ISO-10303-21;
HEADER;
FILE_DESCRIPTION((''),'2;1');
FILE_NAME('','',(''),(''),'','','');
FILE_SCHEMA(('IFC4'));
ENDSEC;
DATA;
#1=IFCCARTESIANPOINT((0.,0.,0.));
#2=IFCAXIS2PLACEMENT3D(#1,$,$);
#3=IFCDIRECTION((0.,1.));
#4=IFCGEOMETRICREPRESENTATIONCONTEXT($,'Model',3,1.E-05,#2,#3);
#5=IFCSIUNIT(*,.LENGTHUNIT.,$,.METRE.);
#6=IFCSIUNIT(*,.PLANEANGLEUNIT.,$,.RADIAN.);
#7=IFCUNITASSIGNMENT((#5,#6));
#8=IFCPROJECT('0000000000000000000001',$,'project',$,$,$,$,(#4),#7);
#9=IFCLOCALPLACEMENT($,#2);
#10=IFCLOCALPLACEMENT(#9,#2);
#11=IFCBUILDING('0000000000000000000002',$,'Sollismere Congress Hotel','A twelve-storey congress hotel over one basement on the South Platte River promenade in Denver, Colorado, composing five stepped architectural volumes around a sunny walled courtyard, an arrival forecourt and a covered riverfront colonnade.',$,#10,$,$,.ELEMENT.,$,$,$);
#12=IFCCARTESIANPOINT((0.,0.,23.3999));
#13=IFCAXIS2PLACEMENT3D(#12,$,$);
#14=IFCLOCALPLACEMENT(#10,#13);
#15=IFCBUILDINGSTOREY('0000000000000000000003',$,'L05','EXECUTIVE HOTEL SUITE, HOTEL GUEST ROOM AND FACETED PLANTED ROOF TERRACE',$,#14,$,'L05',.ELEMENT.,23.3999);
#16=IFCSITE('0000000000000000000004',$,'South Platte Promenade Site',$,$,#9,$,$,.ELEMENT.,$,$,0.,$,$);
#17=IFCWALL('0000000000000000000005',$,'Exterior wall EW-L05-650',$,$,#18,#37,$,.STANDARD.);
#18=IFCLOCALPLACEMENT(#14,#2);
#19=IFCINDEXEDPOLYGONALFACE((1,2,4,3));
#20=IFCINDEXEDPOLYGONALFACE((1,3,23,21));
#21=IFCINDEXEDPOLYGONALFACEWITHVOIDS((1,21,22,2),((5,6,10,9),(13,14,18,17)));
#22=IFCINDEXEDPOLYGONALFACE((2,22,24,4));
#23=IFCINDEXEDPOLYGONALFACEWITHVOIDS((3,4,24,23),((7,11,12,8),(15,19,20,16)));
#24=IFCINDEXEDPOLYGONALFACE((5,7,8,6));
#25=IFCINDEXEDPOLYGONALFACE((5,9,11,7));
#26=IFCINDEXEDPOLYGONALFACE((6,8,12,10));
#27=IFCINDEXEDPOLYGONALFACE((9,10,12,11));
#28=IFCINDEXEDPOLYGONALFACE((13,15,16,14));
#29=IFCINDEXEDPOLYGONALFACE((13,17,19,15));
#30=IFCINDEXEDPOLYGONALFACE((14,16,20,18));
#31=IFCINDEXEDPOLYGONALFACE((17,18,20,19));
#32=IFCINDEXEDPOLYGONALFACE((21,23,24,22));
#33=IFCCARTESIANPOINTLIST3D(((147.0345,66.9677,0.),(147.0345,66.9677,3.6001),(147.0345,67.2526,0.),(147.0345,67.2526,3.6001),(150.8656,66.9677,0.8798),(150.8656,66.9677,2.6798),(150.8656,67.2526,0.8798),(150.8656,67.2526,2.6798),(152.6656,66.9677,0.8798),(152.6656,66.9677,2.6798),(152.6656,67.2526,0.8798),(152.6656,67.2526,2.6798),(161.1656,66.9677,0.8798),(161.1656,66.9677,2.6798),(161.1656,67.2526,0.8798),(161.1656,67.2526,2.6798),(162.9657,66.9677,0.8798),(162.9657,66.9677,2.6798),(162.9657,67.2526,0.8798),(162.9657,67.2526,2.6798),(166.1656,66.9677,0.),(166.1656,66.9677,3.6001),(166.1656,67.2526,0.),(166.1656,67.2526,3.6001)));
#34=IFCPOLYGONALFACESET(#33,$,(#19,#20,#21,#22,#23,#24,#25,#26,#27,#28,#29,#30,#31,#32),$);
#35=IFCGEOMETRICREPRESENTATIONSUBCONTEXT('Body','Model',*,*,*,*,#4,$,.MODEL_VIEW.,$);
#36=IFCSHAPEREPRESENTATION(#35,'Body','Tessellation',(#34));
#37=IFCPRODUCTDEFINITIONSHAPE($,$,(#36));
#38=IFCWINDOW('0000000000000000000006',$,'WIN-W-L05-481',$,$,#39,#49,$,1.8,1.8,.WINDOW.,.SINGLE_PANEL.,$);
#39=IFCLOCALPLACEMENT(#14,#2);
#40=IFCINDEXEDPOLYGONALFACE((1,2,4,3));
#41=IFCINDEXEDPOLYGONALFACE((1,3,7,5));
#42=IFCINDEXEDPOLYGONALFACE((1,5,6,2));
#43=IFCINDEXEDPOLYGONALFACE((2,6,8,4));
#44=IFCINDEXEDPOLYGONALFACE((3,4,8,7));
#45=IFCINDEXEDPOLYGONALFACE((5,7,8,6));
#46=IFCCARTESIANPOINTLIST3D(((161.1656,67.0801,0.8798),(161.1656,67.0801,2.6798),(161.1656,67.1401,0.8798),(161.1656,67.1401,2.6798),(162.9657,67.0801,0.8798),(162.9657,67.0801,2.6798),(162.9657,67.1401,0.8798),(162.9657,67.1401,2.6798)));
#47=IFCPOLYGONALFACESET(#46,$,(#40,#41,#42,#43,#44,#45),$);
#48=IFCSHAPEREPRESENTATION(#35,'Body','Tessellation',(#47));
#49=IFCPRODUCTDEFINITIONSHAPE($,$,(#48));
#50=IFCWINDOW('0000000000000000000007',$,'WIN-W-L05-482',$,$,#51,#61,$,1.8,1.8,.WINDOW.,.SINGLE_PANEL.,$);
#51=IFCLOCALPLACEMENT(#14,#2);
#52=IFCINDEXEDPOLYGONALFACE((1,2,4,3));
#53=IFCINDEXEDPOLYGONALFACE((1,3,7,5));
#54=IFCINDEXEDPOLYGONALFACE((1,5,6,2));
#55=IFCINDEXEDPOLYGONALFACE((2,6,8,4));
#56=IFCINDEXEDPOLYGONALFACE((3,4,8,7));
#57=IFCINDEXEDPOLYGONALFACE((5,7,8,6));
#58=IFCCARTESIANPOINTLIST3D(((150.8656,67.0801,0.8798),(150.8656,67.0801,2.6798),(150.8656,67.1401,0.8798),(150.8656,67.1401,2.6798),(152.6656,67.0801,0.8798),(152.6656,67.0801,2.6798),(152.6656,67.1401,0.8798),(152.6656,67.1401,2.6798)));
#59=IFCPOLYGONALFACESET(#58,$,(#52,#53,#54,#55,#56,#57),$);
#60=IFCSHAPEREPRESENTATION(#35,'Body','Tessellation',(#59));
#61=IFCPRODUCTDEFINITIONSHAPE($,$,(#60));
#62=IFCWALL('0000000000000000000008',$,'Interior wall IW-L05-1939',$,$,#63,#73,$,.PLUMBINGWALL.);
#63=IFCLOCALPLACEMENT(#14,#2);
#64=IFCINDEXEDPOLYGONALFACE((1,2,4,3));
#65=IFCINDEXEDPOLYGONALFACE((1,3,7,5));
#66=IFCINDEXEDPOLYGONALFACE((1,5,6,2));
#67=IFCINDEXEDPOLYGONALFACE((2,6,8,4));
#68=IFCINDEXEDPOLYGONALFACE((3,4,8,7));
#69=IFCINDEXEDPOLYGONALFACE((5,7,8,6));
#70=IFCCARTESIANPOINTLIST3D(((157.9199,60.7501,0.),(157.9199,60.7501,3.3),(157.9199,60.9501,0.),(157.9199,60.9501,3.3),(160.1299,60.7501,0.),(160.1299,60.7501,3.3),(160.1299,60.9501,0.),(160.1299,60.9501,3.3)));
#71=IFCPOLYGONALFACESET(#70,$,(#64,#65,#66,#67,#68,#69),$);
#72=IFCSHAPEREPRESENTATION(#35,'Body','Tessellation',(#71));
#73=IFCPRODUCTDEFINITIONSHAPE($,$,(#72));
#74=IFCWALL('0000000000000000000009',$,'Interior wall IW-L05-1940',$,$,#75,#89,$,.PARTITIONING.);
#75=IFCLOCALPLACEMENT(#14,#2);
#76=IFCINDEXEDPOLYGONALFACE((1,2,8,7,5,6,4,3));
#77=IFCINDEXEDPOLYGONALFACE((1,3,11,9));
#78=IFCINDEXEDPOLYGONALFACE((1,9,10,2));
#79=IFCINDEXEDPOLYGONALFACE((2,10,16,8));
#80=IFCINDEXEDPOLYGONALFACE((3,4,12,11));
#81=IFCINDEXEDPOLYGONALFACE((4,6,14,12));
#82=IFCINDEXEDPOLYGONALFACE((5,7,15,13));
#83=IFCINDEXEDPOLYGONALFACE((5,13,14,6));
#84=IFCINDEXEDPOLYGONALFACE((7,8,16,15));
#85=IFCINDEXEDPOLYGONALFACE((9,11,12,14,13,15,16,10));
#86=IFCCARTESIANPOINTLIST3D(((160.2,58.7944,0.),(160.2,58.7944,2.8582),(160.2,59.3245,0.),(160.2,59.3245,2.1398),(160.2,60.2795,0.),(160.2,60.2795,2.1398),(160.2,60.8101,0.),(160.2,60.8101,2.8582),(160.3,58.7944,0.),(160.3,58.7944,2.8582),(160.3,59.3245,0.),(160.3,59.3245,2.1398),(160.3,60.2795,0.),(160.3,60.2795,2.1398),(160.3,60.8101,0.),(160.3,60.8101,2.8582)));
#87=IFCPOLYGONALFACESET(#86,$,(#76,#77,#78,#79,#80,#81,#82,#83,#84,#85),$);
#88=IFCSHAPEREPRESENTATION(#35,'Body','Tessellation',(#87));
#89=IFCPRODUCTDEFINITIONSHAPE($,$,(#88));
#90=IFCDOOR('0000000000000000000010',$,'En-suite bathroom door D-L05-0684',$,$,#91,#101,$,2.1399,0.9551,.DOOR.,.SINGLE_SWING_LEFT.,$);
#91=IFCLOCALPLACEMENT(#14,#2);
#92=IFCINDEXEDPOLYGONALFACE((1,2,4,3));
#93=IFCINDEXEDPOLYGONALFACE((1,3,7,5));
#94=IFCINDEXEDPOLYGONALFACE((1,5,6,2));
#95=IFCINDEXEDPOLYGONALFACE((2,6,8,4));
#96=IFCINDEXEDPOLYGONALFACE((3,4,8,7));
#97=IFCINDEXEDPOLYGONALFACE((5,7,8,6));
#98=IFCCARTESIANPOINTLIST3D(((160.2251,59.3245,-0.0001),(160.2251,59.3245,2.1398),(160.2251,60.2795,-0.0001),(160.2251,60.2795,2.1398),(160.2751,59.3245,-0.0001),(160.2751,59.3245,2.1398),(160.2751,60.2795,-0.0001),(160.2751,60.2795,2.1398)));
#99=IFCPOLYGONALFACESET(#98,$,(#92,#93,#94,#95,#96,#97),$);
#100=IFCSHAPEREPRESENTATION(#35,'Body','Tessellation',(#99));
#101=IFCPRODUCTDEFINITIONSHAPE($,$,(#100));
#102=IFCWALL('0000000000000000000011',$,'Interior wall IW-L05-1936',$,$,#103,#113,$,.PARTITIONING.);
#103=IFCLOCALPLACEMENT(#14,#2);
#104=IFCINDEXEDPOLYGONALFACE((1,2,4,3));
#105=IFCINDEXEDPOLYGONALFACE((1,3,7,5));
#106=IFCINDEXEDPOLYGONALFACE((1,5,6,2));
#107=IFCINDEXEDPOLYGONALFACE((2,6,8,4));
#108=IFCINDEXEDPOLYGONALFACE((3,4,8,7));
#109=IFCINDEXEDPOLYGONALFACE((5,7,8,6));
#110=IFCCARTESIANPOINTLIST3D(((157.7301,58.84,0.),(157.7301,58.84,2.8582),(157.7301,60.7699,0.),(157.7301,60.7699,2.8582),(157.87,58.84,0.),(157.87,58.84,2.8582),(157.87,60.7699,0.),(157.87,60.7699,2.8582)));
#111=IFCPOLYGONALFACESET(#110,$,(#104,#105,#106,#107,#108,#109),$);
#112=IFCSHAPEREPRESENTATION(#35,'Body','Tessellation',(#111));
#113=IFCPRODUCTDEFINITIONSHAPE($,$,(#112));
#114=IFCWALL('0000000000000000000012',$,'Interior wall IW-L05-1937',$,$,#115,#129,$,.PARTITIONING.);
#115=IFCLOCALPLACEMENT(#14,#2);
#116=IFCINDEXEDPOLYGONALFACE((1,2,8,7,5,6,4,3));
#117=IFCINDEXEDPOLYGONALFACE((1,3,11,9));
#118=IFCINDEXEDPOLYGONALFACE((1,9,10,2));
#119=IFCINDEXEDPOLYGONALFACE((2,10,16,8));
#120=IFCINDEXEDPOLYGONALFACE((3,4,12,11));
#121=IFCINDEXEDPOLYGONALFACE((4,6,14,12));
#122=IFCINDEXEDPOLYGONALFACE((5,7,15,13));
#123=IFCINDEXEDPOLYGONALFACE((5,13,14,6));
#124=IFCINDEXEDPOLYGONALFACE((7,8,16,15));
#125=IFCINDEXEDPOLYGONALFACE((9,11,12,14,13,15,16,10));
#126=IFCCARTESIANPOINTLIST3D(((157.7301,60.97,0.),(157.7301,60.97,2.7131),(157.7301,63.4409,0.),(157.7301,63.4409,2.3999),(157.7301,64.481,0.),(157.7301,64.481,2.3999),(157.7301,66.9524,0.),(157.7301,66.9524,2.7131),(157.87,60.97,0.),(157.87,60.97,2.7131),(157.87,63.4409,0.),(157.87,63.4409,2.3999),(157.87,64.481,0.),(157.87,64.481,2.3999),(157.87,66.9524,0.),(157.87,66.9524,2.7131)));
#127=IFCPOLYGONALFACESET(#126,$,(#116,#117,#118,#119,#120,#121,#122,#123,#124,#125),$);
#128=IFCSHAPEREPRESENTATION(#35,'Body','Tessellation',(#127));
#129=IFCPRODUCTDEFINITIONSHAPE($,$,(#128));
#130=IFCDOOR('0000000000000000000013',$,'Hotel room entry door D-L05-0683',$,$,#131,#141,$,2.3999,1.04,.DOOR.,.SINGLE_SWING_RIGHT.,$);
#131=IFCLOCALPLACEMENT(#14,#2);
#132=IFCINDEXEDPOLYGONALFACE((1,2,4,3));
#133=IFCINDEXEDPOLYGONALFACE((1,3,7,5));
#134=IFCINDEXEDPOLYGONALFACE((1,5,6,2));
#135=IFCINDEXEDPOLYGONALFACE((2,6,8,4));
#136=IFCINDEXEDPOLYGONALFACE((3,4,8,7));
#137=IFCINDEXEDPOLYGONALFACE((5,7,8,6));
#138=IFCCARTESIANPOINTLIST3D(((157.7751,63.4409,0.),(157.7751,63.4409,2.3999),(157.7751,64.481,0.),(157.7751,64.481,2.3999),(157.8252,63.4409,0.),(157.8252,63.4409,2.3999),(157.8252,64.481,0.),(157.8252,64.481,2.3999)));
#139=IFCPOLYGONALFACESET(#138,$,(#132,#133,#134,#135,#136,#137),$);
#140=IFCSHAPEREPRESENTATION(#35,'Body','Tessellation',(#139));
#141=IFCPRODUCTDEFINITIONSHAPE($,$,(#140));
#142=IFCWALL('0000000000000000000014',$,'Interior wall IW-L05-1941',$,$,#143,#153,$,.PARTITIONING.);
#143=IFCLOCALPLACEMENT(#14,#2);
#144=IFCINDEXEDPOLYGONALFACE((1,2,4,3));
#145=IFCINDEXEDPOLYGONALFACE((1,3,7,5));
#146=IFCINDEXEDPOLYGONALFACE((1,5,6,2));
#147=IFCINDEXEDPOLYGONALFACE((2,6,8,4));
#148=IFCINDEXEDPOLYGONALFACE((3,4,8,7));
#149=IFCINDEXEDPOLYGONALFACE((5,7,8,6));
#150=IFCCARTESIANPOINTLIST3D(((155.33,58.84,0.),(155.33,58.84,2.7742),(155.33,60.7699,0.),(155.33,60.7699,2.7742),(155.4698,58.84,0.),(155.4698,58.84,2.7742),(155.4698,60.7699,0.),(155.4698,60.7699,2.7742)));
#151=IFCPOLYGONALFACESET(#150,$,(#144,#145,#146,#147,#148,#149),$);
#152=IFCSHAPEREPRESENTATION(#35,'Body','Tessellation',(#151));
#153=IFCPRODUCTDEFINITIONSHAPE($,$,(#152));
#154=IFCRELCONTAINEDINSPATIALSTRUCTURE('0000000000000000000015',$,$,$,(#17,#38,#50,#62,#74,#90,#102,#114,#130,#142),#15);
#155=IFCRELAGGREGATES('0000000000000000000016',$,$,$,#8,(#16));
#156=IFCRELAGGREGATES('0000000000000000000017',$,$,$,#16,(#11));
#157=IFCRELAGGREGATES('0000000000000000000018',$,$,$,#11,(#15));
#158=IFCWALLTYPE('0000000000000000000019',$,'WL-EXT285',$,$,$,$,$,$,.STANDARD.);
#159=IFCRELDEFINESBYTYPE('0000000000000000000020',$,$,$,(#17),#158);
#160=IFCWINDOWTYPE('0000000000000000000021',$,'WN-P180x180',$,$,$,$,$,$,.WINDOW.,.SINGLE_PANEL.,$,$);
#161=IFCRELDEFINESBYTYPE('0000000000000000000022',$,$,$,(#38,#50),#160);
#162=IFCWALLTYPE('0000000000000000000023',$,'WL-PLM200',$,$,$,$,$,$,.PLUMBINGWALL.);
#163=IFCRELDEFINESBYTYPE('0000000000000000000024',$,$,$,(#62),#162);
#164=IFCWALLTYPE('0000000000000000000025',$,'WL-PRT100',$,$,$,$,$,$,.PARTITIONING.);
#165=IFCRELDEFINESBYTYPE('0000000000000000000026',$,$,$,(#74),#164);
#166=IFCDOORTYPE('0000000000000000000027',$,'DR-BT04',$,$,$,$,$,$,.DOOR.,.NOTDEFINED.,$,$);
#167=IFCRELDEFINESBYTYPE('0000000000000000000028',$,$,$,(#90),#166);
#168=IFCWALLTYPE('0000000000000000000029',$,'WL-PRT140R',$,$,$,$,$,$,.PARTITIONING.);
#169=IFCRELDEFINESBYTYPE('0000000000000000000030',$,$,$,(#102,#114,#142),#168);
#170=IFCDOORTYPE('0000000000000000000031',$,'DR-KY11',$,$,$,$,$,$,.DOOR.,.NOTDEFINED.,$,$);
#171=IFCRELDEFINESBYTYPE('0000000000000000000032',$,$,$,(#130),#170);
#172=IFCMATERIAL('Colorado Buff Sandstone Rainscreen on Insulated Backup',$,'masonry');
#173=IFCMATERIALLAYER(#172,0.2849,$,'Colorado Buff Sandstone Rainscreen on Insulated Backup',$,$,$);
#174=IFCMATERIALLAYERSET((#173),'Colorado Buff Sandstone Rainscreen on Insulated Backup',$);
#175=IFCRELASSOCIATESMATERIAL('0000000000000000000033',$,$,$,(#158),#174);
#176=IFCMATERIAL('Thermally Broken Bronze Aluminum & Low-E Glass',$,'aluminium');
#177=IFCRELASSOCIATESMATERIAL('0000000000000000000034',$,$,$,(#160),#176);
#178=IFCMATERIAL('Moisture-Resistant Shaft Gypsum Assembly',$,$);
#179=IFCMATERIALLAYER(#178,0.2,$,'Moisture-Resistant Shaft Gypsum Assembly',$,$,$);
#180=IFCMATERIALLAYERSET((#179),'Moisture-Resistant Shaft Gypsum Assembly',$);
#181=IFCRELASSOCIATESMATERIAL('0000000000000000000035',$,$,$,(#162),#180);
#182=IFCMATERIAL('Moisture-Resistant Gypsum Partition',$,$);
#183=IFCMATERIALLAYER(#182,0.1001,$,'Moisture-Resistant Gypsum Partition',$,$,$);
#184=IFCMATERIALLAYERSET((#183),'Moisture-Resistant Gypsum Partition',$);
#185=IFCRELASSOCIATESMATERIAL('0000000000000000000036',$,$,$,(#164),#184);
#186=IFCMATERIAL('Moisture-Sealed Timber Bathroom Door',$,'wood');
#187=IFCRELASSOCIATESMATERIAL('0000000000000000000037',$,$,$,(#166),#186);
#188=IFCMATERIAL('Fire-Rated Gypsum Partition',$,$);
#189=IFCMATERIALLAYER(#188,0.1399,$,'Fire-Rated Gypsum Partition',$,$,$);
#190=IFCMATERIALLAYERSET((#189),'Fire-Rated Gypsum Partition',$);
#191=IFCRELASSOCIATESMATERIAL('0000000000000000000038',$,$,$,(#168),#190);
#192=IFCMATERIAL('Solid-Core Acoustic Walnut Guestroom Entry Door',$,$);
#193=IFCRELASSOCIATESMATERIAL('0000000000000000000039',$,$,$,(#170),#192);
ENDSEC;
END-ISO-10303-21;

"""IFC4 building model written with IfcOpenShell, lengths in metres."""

from ifc_helpers import new_model, si_unit, direction, frame, frame_2d, origin, place, context, subcontext, project, spatial, rectangle, extrude, material, layer, layer_set, type_object, element, fill, save


model = new_model("IFC4")

# Units and contexts
model_context = context("Model", 3, precision=1e-05, world=origin(), true_north=direction((0.0, 1.0)))
body_context = subcontext(model_context, "Body", "Model", "MODEL_VIEW")
ifc_project = project(units=[si_unit("LENGTHUNIT", "METRE"), si_unit("PLANEANGLEUNIT", "RADIAN")], contexts=[model_context])

# Site, building, storey
site_placement = place(None, origin())
site = spatial("IfcSite", under=ifc_project, at=site_placement, Name="South Platte Promenade Site", CompositionType="ELEMENT", RefElevation=0.0)
building_placement = place(site_placement, origin())
building = spatial("IfcBuilding", under=site, at=building_placement, Name="Sollismere Congress Hotel", Description="A twelve-storey congress hotel over one basement on the South Platte River promenade in Denver, Colorado, composing five stepped architectural volumes around a sunny walled courtyard, an arrival forecourt and a covered riverfront colonnade.", CompositionType="ELEMENT")
storey_placement = place(building_placement, frame((0.0, 0.0, 23.3999)))
storey = spatial("IfcBuildingStorey", under=building, at=storey_placement, Name="L05", Description="EXECUTIVE HOTEL SUITE, HOTEL GUEST ROOM AND FACETED PLANTED ROOF TERRACE", LongName="L05", CompositionType="ELEMENT", Elevation=23.3999)

# Wall, openings, windows
ifc_material_1 = material(Name="Colorado Buff Sandstone Rainscreen on Insulated Backup", Category="masonry")
ifc_layer_1 = layer(ifc_material_1, 0.2849, Name="Colorado Buff Sandstone Rainscreen on Insulated Backup")
ifc_layer_set_1 = layer_set([ifc_layer_1], Name="Colorado Buff Sandstone Rainscreen on Insulated Backup")
wall_type_1 = type_object("IfcWallType", Name="WL-EXT285", PredefinedType="STANDARD", material=ifc_layer_set_1)
wall_1_placement = place(storey_placement, frame((166.1655, 67.1101, 0.0), z_axis=(0.0, 0.0, 1.0), x_axis=(-1.0, 0.0, 0.0)))
wall_1 = element("IfcWall", 1, at=wall_1_placement, inside=storey, type_object=wall_type_1, Name="Exterior wall EW-L05-650", PredefinedType="STANDARD", context=body_context, shape_type="SweptSolid", body=[
    extrude(rectangle(XDim=19.1311, YDim=0.2849, at=frame_2d((9.5654, 0.0))), origin(), (0.0, 0.0, 1.0), 3.6001),
])
opening_1_placement = place(wall_1_placement, frame((3.2, 0.0, 0.8799)))
opening_1 = element("IfcOpeningElement", 2, at=opening_1_placement, cuts=wall_1, PredefinedType="OPENING", context=body_context, shape_type="SweptSolid", body=[
    extrude(rectangle(XDim=1.8, YDim=1.8, at=frame_2d((0.8999, 0.8999))), frame((0.0, 0.1523, 0.0), z_axis=(0.0, -1.0, 0.0), x_axis=(1.0, 0.0, 0.0)), (0.0, 0.0, 1.0), 0.3049),
])
opening_2_placement = place(wall_1_placement, frame((13.5, 0.0, 0.8799)))
opening_2 = element("IfcOpeningElement", 3, at=opening_2_placement, cuts=wall_1, PredefinedType="OPENING", context=body_context, shape_type="SweptSolid", body=[
    extrude(rectangle(XDim=1.8, YDim=1.8, at=frame_2d((0.8999, 0.8999))), frame((0.0, 0.1523, 0.0), z_axis=(0.0, -1.0, 0.0), x_axis=(1.0, 0.0, 0.0)), (0.0, 0.0, 1.0), 0.3049),
])
ifc_material_2 = material(Name="Thermally Broken Bronze Aluminum & Low-E Glass", Category="aluminium")
window_type = type_object("IfcWindowType", Name="WN-P180x180", PartitioningType="SINGLE_PANEL", PredefinedType="WINDOW", material=ifc_material_2)
window_1_placement = place(opening_1_placement, origin())
window_1 = element("IfcWindow", 4, at=window_1_placement, inside=storey, type_object=window_type, Name="WIN-W-L05-481", OverallHeight=1.8, OverallWidth=1.8, PartitioningType="SINGLE_PANEL", PredefinedType="WINDOW", context=body_context, shape_type="SweptSolid", body=[
    extrude(rectangle(XDim=1.8, YDim=1.8, at=frame_2d((0.8999, 0.8999))), frame((0.0, 0.03, 0.0), z_axis=(0.0, -1.0, 0.0), x_axis=(1.0, 0.0, 0.0)), (0.0, 0.0, 1.0), 0.0601),
])
fill(opening_1, window_1)
window_2_placement = place(opening_2_placement, origin())
window_2 = element("IfcWindow", 5, at=window_2_placement, inside=storey, type_object=window_type, Name="WIN-W-L05-482", OverallHeight=1.8, OverallWidth=1.8, PartitioningType="SINGLE_PANEL", PredefinedType="WINDOW", context=body_context, shape_type="SweptSolid", body=[
    extrude(rectangle(XDim=1.8, YDim=1.8, at=frame_2d((0.8999, 0.8999))), frame((0.0, 0.03, 0.0), z_axis=(0.0, -1.0, 0.0), x_axis=(1.0, 0.0, 0.0)), (0.0, 0.0, 1.0), 0.0601),
])
fill(opening_2, window_2)

# Wall
ifc_material_3 = material(Name="Moisture-Resistant Shaft Gypsum Assembly")
ifc_layer_2 = layer(ifc_material_3, 0.2, Name="Moisture-Resistant Shaft Gypsum Assembly")
ifc_layer_set_2 = layer_set([ifc_layer_2], Name="Moisture-Resistant Shaft Gypsum Assembly")
wall_type_2 = type_object("IfcWallType", Name="WL-PLM200", PredefinedType="PLUMBINGWALL", material=ifc_layer_set_2)
wall_2_placement = place(storey_placement, frame((157.9199, 60.8501, 0.0), z_axis=(0.0, 0.0, 1.0), x_axis=(1.0, 0.0, 0.0)))
element("IfcWall", 6, at=wall_2_placement, inside=storey, type_object=wall_type_2, Name="Interior wall IW-L05-1939", PredefinedType="PLUMBINGWALL", context=body_context, shape_type="SweptSolid", body=[
    extrude(rectangle(XDim=2.21, YDim=0.2, at=frame_2d((1.105, 0.0))), origin(), (0.0, 0.0, 1.0), 3.3),
])

# Wall, opening, door
ifc_material_4 = material(Name="Moisture-Resistant Gypsum Partition")
ifc_layer_3 = layer(ifc_material_4, 0.1001, Name="Moisture-Resistant Gypsum Partition")
ifc_layer_set_3 = layer_set([ifc_layer_3], Name="Moisture-Resistant Gypsum Partition")
wall_type_3 = type_object("IfcWallType", Name="WL-PRT100", PredefinedType="PARTITIONING", material=ifc_layer_set_3)
wall_3_placement = place(storey_placement, frame((160.25, 58.7944, 0.0), z_axis=(0.0, 0.0, 1.0), x_axis=(0.0, 1.0, 0.0)))
wall_3 = element("IfcWall", 7, at=wall_3_placement, inside=storey, type_object=wall_type_3, Name="Interior wall IW-L05-1940", PredefinedType="PARTITIONING", context=body_context, shape_type="SweptSolid", body=[
    extrude(rectangle(XDim=2.0156, YDim=0.1001, at=frame_2d((1.0078, 0.0))), origin(), (0.0, 0.0, 1.0), 2.8582),
])
opening_3_placement = place(wall_3_placement, frame((0.53, 0.0, 0.0)))
opening_3 = element("IfcOpeningElement", 8, at=opening_3_placement, cuts=wall_3, PredefinedType="OPENING", context=body_context, shape_type="SweptSolid", body=[
    extrude(rectangle(XDim=0.9551, YDim=2.1399, at=frame_2d((0.4775, 1.0698))), frame((0.0, 0.0601, 0.0), z_axis=(0.0, -1.0, 0.0), x_axis=(1.0, 0.0, 0.0)), (0.0, 0.0, 1.0), 0.1201),
])
ifc_material_5 = material(Name="Moisture-Sealed Timber Bathroom Door", Category="wood")
door_type_1 = type_object("IfcDoorType", Name="DR-BT04", OperationType="NOTDEFINED", PredefinedType="DOOR", material=ifc_material_5)
door_1_placement = place(opening_3_placement, origin())
door_1 = element("IfcDoor", 9, at=door_1_placement, inside=storey, type_object=door_type_1, Name="En-suite bathroom door D-L05-0684", OperationType="SINGLE_SWING_LEFT", OverallHeight=2.1399, OverallWidth=0.9551, PredefinedType="DOOR", context=body_context, shape_type="SweptSolid", body=[
    extrude(rectangle(XDim=0.9551, YDim=2.1399, at=frame_2d((0.4775, 1.0698))), frame((0.0, 0.0249, 0.0), z_axis=(0.0, -1.0, 0.0), x_axis=(1.0, 0.0, 0.0)), (0.0, 0.0, 1.0), 0.05),
])
fill(opening_3, door_1)

# Wall
ifc_material_6 = material(Name="Fire-Rated Gypsum Partition")
ifc_layer_4 = layer(ifc_material_6, 0.1399, Name="Fire-Rated Gypsum Partition")
ifc_layer_set_4 = layer_set([ifc_layer_4], Name="Fire-Rated Gypsum Partition")
wall_type_4 = type_object("IfcWallType", Name="WL-PRT140R", PredefinedType="PARTITIONING", material=ifc_layer_set_4)
wall_4_placement = place(storey_placement, frame((157.8, 58.8401, 0.0), z_axis=(0.0, 0.0, 1.0), x_axis=(0.0, 1.0, 0.0)))
element("IfcWall", 10, at=wall_4_placement, inside=storey, type_object=wall_type_4, Name="Interior wall IW-L05-1936", PredefinedType="PARTITIONING", context=body_context, shape_type="SweptSolid", body=[
    extrude(rectangle(XDim=1.9299, YDim=0.1399, at=frame_2d((0.9648, 0.0))), origin(), (0.0, 0.0, 1.0), 2.8582),
])

# Wall, opening, door
wall_5_placement = place(storey_placement, frame((157.8, 60.97, 0.0), z_axis=(0.0, 0.0, 1.0), x_axis=(0.0, 1.0, 0.0)))
wall_5 = element("IfcWall", 11, at=wall_5_placement, inside=storey, type_object=wall_type_4, Name="Interior wall IW-L05-1937", PredefinedType="PARTITIONING", context=body_context, shape_type="SweptSolid", body=[
    extrude(rectangle(XDim=5.9824, YDim=0.1399, at=frame_2d((2.9912, 0.0))), origin(), (0.0, 0.0, 1.0), 2.7131),
])
opening_4_placement = place(wall_5_placement, frame((2.4709, 0.0, 0.0)))
opening_4 = element("IfcOpeningElement", 12, at=opening_4_placement, cuts=wall_5, PredefinedType="OPENING", context=body_context, shape_type="SweptSolid", body=[
    extrude(rectangle(XDim=1.04, YDim=2.3999, at=frame_2d((0.52, 1.2))), frame((0.0, 0.0798, 0.0), z_axis=(0.0, -1.0, 0.0), x_axis=(1.0, 0.0, 0.0)), (0.0, 0.0, 1.0), 0.1599),
])
ifc_material_7 = material(Name="Solid-Core Acoustic Walnut Guestroom Entry Door")
door_type_2 = type_object("IfcDoorType", Name="DR-KY11", OperationType="NOTDEFINED", PredefinedType="DOOR", material=ifc_material_7)
door_2_placement = place(opening_4_placement, origin())
door_2 = element("IfcDoor", 13, at=door_2_placement, inside=storey, type_object=door_type_2, Name="Hotel room entry door D-L05-0683", OperationType="SINGLE_SWING_RIGHT", OverallHeight=2.3999, OverallWidth=1.04, PredefinedType="DOOR", context=body_context, shape_type="SweptSolid", body=[
    extrude(rectangle(XDim=1.04, YDim=2.3999, at=frame_2d((0.52, 1.2))), frame((0.0, 0.0249, 0.0), z_axis=(0.0, -1.0, 0.0), x_axis=(1.0, 0.0, 0.0)), (0.0, 0.0, 1.0), 0.05),
])
fill(opening_4, door_2)

# Wall
wall_6_placement = place(storey_placement, frame((155.3999, 58.8401, 0.0), z_axis=(0.0, 0.0, 1.0), x_axis=(0.0, 1.0, 0.0)))
element("IfcWall", 14, at=wall_6_placement, inside=storey, type_object=wall_type_4, Name="Interior wall IW-L05-1941", PredefinedType="PARTITIONING", context=body_context, shape_type="SweptSolid", body=[
    extrude(rectangle(XDim=1.9299, YDim=0.1399, at=frame_2d((0.9648, 0.0))), origin(), (0.0, 0.0, 1.0), 2.7742),
])

save(model, "model.ifc")
